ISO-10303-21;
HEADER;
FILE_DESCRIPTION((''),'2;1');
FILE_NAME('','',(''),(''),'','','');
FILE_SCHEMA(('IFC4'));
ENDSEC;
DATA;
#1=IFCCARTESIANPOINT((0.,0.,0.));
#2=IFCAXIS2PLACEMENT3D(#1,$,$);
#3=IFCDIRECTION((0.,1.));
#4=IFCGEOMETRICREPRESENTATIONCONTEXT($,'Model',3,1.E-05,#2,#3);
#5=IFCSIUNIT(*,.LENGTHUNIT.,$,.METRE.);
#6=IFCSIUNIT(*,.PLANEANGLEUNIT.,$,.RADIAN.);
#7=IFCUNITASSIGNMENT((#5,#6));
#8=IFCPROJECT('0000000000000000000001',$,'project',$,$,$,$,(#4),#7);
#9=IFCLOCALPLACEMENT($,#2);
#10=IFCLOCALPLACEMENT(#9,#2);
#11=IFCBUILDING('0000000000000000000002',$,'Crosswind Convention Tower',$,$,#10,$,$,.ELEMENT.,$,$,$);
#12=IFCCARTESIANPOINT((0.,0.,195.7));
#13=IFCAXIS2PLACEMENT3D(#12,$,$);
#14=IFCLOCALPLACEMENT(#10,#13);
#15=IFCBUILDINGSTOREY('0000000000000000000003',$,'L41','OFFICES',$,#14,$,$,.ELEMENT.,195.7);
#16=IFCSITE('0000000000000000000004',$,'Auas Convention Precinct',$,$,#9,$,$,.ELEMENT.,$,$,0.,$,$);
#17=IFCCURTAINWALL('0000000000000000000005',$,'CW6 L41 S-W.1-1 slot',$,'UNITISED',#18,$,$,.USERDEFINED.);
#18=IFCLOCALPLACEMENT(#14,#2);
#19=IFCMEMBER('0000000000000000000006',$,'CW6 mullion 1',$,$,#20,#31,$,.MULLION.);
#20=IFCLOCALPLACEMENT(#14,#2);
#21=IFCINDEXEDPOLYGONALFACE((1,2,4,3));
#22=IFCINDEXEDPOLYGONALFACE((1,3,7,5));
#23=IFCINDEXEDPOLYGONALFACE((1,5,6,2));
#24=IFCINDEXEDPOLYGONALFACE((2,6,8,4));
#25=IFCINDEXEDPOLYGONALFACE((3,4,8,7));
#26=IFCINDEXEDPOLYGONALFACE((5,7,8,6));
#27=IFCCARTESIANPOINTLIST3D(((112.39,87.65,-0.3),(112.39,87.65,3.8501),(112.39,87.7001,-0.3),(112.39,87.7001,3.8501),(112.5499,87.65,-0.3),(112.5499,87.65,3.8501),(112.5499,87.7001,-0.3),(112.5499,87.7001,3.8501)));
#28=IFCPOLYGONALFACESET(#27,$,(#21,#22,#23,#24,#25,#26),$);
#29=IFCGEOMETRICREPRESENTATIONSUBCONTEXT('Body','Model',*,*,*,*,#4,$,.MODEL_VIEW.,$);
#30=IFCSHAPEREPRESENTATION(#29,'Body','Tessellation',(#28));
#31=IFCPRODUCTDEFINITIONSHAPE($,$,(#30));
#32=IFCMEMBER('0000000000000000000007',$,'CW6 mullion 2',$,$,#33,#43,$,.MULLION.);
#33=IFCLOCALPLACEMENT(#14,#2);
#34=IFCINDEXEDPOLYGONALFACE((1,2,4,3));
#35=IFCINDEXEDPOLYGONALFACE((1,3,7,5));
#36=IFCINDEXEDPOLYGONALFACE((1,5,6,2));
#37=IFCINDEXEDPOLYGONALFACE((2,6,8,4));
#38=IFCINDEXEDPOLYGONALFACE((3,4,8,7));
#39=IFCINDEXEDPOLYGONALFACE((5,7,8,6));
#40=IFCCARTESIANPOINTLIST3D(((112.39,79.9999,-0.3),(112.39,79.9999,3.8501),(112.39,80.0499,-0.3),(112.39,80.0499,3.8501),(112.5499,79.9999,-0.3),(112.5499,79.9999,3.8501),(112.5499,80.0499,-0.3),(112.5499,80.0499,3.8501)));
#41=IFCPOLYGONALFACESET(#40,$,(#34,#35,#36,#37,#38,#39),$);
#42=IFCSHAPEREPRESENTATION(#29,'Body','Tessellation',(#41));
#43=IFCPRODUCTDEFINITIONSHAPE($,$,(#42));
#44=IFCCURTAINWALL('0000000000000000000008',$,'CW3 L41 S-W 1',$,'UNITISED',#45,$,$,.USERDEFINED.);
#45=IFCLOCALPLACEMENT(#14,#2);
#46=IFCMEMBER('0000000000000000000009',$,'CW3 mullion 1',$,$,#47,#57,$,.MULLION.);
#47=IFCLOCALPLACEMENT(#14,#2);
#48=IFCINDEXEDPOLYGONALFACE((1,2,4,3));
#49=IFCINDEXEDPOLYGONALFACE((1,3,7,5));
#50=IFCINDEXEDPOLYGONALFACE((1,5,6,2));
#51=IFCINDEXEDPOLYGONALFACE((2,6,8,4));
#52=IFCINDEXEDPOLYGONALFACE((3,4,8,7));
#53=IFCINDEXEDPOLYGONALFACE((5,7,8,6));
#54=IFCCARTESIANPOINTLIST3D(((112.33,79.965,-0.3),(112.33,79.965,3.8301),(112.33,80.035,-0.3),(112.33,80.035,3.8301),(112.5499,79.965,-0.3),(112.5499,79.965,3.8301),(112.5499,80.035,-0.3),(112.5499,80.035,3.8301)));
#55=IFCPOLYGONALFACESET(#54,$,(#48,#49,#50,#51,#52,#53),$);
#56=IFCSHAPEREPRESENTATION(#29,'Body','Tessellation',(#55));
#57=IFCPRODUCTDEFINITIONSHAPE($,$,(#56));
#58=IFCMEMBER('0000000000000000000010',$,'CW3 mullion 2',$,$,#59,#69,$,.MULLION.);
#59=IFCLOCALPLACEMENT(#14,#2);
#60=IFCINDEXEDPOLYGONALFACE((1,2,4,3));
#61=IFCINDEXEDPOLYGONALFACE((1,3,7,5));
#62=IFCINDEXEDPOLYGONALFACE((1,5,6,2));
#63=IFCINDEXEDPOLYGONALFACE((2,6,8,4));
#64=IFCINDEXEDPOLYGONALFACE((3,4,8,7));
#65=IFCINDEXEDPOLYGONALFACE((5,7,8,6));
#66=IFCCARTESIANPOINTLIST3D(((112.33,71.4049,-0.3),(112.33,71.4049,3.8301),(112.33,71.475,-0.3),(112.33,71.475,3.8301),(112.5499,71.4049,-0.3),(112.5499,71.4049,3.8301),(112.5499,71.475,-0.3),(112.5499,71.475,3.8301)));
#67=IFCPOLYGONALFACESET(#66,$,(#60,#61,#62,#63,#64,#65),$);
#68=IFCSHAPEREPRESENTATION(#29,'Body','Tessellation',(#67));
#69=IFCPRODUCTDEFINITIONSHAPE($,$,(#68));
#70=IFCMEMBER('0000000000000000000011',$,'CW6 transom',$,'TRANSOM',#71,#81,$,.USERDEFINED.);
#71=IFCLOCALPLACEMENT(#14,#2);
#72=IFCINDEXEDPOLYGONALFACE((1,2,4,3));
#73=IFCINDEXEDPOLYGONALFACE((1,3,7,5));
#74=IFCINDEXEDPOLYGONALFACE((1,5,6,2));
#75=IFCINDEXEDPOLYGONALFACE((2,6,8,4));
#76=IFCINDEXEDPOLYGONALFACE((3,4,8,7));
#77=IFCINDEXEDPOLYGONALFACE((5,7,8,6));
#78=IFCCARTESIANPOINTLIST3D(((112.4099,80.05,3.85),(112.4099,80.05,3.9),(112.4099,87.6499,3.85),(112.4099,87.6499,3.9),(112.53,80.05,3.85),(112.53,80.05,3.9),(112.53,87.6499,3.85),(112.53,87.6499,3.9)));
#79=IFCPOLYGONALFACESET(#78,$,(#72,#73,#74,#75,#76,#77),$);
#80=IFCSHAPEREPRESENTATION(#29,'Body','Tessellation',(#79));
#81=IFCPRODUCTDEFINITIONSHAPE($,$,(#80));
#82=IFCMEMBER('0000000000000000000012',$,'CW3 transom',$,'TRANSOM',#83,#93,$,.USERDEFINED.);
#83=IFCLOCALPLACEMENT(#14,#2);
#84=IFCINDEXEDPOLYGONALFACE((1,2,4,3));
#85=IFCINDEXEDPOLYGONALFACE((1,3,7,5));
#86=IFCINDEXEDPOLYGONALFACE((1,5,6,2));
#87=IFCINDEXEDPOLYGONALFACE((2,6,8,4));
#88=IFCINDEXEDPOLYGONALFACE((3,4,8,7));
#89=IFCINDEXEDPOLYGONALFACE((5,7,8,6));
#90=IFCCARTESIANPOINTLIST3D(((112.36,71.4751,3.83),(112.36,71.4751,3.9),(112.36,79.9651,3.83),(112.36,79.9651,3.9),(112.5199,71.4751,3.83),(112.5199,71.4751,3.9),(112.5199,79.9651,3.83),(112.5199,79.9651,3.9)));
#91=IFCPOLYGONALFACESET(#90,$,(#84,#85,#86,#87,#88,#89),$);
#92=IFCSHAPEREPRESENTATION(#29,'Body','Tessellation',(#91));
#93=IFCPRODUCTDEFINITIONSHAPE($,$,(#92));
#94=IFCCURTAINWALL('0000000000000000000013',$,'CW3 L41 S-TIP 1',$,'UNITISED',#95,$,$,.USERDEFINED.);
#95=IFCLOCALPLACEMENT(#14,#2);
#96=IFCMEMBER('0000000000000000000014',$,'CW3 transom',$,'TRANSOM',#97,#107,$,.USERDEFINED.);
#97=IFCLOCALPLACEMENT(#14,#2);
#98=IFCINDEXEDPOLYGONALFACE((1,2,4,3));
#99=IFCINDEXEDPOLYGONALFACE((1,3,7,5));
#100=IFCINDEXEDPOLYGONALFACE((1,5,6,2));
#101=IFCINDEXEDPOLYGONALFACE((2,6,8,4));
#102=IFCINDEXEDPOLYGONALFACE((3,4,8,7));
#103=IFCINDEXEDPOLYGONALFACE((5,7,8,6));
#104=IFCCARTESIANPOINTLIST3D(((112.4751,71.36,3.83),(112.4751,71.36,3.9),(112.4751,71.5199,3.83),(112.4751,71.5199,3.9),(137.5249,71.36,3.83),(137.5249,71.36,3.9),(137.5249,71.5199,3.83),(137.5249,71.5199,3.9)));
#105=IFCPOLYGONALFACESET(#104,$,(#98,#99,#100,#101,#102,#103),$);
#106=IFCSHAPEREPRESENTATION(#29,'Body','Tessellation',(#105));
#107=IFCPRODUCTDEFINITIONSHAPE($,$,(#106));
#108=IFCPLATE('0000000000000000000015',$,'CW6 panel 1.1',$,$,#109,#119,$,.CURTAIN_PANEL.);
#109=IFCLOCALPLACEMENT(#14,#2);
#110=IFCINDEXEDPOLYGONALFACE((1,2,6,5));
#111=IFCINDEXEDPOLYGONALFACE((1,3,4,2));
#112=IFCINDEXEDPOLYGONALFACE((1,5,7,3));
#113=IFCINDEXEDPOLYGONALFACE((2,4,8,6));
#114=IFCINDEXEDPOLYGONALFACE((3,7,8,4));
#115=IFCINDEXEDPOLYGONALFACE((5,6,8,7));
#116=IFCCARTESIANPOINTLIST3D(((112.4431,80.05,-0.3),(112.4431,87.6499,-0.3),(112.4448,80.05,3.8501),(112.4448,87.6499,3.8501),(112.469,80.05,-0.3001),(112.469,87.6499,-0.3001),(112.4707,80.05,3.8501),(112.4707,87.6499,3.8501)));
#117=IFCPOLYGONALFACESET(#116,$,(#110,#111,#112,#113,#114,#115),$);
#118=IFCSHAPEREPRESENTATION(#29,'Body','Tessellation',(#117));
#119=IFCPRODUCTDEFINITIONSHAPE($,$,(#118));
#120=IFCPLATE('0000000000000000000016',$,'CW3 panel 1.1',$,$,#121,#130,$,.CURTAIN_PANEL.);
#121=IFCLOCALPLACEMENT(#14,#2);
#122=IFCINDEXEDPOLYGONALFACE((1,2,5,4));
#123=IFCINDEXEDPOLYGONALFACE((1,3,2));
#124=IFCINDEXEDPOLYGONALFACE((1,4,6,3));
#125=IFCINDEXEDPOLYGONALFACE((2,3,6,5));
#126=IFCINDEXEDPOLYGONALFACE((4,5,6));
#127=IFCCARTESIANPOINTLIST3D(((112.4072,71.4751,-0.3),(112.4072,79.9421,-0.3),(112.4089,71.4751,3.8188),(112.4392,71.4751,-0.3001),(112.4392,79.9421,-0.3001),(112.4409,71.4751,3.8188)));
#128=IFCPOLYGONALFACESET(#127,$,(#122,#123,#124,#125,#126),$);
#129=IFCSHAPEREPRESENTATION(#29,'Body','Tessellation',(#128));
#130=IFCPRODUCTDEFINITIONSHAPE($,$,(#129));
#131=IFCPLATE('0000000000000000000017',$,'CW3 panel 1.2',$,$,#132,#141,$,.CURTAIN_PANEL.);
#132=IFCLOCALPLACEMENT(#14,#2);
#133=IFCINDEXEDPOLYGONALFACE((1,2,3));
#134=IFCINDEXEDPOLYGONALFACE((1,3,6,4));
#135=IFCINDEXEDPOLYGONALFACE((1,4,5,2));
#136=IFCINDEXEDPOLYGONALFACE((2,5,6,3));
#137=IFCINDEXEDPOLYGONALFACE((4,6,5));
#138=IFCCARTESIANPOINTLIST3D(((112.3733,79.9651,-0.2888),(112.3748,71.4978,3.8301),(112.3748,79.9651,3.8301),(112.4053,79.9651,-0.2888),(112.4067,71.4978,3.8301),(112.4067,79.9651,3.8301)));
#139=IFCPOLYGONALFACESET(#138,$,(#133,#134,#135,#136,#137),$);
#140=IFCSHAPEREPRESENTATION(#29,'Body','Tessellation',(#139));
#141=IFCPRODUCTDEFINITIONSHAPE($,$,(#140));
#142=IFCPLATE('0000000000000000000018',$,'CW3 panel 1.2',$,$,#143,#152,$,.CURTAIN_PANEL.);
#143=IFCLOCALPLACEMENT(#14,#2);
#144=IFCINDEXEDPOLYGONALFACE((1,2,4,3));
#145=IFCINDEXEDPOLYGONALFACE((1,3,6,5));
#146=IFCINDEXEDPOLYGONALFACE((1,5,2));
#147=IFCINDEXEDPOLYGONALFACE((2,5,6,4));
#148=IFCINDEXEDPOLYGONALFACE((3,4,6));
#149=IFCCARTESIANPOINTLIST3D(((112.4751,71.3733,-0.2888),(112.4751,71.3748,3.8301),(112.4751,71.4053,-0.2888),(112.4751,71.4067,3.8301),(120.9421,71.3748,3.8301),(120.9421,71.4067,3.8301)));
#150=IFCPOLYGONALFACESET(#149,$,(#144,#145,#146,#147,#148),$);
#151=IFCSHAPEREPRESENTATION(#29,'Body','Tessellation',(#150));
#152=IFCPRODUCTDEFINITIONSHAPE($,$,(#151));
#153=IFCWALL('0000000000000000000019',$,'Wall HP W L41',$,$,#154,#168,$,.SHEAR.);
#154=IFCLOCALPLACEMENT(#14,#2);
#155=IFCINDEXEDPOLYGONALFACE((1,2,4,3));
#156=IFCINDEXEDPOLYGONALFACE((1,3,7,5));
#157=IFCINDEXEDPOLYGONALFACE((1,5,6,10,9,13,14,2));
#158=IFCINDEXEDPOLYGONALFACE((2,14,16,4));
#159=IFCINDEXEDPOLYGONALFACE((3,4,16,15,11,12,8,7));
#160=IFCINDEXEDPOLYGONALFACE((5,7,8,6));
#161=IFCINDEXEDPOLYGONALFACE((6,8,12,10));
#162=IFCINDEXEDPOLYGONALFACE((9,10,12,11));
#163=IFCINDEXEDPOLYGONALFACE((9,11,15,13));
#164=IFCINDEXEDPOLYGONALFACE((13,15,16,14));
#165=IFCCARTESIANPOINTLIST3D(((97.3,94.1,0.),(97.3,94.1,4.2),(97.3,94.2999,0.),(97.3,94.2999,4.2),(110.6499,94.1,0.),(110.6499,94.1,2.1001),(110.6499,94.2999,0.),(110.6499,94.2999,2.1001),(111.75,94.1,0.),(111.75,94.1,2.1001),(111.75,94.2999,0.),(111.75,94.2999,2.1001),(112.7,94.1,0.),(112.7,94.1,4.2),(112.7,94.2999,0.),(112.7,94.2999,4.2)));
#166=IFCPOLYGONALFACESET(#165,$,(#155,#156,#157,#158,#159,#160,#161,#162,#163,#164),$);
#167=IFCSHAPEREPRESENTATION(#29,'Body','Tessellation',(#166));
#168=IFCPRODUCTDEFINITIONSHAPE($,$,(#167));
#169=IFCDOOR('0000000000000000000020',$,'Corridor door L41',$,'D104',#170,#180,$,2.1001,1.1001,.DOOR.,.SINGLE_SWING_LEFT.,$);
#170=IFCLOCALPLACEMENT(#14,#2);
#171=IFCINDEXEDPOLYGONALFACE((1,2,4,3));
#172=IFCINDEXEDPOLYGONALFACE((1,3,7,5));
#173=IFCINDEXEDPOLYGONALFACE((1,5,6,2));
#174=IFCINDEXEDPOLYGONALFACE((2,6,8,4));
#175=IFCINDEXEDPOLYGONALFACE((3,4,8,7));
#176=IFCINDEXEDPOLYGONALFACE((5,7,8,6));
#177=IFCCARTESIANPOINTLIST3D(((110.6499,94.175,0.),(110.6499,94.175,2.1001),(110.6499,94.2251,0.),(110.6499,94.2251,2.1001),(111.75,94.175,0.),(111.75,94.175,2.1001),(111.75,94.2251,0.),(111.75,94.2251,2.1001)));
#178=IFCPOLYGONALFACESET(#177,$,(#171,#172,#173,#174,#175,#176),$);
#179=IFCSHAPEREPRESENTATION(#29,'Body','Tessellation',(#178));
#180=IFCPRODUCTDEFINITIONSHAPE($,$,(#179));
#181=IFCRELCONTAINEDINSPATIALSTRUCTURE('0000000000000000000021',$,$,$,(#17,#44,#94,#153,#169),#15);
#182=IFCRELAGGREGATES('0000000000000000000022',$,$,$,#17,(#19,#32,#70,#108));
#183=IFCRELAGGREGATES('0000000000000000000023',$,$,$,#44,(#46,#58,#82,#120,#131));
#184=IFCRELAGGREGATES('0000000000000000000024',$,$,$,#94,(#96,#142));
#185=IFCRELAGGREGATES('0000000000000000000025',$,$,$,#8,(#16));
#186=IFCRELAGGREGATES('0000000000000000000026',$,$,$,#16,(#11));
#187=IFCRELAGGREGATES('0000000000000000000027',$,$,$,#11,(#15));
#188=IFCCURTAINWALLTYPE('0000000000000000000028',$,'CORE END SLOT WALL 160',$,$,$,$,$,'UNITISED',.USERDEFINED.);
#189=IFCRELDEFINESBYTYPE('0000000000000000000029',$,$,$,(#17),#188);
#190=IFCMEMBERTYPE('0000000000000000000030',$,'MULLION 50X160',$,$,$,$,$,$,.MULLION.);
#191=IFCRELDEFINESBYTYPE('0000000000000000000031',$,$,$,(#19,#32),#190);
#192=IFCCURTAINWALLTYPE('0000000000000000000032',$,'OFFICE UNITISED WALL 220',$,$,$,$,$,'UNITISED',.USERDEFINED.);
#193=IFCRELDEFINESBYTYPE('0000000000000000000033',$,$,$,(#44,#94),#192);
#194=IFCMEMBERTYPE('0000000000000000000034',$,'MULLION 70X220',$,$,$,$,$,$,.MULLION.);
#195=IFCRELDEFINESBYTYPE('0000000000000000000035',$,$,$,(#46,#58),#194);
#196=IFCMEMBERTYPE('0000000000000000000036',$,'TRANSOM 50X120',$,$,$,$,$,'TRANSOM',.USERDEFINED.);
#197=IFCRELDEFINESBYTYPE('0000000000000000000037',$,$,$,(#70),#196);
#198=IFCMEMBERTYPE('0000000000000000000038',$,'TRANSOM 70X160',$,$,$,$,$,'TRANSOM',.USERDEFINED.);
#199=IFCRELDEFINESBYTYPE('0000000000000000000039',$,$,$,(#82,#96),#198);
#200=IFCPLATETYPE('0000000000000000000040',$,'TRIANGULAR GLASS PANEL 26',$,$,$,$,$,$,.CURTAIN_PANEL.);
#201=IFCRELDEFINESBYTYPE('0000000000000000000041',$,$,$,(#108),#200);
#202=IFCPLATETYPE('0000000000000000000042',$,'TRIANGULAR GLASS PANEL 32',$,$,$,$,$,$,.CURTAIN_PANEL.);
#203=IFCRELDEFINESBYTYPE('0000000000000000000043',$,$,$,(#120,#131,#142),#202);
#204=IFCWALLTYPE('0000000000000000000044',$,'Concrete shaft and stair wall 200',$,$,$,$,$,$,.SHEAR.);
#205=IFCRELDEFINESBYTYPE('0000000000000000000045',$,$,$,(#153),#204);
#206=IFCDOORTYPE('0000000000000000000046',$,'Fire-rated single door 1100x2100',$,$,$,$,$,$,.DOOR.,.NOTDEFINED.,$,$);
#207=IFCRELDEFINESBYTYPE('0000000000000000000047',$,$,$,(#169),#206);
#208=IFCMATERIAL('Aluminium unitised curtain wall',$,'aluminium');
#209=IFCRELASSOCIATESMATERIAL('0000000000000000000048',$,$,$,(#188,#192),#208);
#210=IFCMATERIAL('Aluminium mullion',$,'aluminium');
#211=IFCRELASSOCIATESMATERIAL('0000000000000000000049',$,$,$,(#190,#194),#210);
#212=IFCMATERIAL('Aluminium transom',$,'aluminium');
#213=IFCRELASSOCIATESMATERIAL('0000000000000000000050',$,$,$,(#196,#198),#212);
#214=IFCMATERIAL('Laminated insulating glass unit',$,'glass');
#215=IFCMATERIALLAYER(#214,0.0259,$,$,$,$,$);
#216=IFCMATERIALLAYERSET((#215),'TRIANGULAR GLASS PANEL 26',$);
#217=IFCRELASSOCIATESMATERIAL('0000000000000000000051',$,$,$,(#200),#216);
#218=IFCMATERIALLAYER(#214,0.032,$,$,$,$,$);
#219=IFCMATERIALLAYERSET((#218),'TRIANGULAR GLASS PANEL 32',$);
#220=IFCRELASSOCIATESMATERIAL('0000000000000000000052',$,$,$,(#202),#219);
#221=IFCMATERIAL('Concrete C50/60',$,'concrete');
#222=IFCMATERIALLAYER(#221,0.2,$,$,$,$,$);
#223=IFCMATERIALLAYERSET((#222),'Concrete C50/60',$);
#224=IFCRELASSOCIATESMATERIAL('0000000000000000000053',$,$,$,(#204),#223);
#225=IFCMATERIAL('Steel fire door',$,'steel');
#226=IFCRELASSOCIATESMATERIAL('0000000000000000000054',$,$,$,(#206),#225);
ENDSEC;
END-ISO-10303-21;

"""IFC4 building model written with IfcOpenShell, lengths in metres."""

from ifc_helpers import new_model, si_unit, direction, frame, frame_2d, origin, origin_2d, place, context, subcontext, project, spatial, polyline, rectangle, outline, extrude, material, layer, layer_set, material_profile, profile_set, type_object, element, fill, aggregate, save


model = new_model("IFC4")

# Units and contexts
model_context = context("Model", 3, precision=1e-05, world=origin(), true_north=direction((0.0, 1.0)))
body_context = subcontext(model_context, "Body", "Model", "MODEL_VIEW")
ifc_project = project(units=[si_unit("LENGTHUNIT", "METRE"), si_unit("PLANEANGLEUNIT", "RADIAN")], contexts=[model_context])

# Site, building, storey
site_placement = place(None, origin())
site = spatial("IfcSite", under=ifc_project, at=site_placement, Name="Auas Convention Precinct", CompositionType="ELEMENT", RefElevation=0.0)
building_placement = place(site_placement, origin())
building = spatial("IfcBuilding", under=site, at=building_placement, Name="Crosswind Convention Tower", CompositionType="ELEMENT")
storey_placement = place(building_placement, frame((0.0, 0.0, 195.7)))
storey = spatial("IfcBuildingStorey", under=building, at=storey_placement, Name="L41", Description="OFFICES", CompositionType="ELEMENT", Elevation=195.7)

# Curtain walls, members
ifc_material_1 = material(Name="Aluminium unitised curtain wall", Category="aluminium")
curtain_wall_type_1 = type_object("IfcCurtainWallType", Name="CORE END SLOT WALL 160", ElementType="UNITISED", PredefinedType="USERDEFINED", material=ifc_material_1)
curtain_wall_1_placement = place(storey_placement, origin())
curtain_wall_1 = element("IfcCurtainWall", 1, at=curtain_wall_1_placement, inside=storey, type_object=curtain_wall_type_1, Name="CW6 L41 S-W.1-1 slot", ObjectType="UNITISED", PredefinedType="USERDEFINED")
ifc_material_2 = material(Name="Aluminium mullion", Category="aluminium")
ifc_material_profile_1 = material_profile(ifc_material_2, rectangle(XDim=0.1599, YDim=0.05, at=origin_2d()), Name="AL 160X50")
ifc_profile_set_1 = profile_set([ifc_material_profile_1], Name="Aluminium mullion")
member_type_1 = type_object("IfcMemberType", Name="MULLION 50X160", PredefinedType="MULLION", material=ifc_profile_set_1)
member_1_placement = place(storey_placement, frame((112.47, 87.675, -0.3), z_axis=(0.0, 0.0, 1.0), x_axis=(-1.0, 0.0, 0.0)))
member_1 = element("IfcMember", 2, at=member_1_placement, type_object=member_type_1, Name="CW6 mullion 1", PredefinedType="MULLION", context=body_context, shape_type="SweptSolid", body=[
    extrude(rectangle(XDim=0.1599, YDim=0.05, at=origin_2d()), origin(), (0.0, 0.0, 1.0), 4.1501),
])
member_2_placement = place(storey_placement, frame((112.47, 80.0249, -0.3), z_axis=(0.0, 0.0, 1.0), x_axis=(-1.0, 0.0, 0.0)))
member_2 = element("IfcMember", 3, at=member_2_placement, type_object=member_type_1, Name="CW6 mullion 2", PredefinedType="MULLION", context=body_context, shape_type="SweptSolid", body=[
    extrude(rectangle(XDim=0.1599, YDim=0.05, at=origin_2d()), origin(), (0.0, 0.0, 1.0), 4.1501),
])
curtain_wall_type_2 = type_object("IfcCurtainWallType", Name="OFFICE UNITISED WALL 220", ElementType="UNITISED", PredefinedType="USERDEFINED", material=ifc_material_1)
curtain_wall_2_placement = place(storey_placement, origin())
curtain_wall_2 = element("IfcCurtainWall", 4, at=curtain_wall_2_placement, inside=storey, type_object=curtain_wall_type_2, Name="CW3 L41 S-W 1", ObjectType="UNITISED", PredefinedType="USERDEFINED")
ifc_material_profile_2 = material_profile(ifc_material_2, rectangle(XDim=0.22, YDim=0.0701, at=origin_2d()), Name="AL 220X70")
ifc_profile_set_2 = profile_set([ifc_material_profile_2], Name="Aluminium mullion")
member_type_2 = type_object("IfcMemberType", Name="MULLION 70X220", PredefinedType="MULLION", material=ifc_profile_set_2)
member_3_placement = place(storey_placement, frame((112.4399, 80.0, -0.3), z_axis=(0.0, 0.0, 1.0), x_axis=(-1.0, 0.0, 0.0)))
member_3 = element("IfcMember", 5, at=member_3_placement, type_object=member_type_2, Name="CW3 mullion 1", PredefinedType="MULLION", context=body_context, shape_type="SweptSolid", body=[
    extrude(rectangle(XDim=0.22, YDim=0.0701, at=origin_2d()), origin(), (0.0, 0.0, 1.0), 4.1301),
])
member_4_placement = place(storey_placement, frame((112.4399, 71.4399, -0.3), z_axis=(0.0, 0.0, 1.0), x_axis=(-1.0, 0.0, 0.0)))
member_4 = element("IfcMember", 6, at=member_4_placement, type_object=member_type_2, Name="CW3 mullion 2", PredefinedType="MULLION", context=body_context, shape_type="SweptSolid", body=[
    extrude(rectangle(XDim=0.22, YDim=0.0701, at=origin_2d()), origin(), (0.0, 0.0, 1.0), 4.1301),
])

# Members
ifc_material_3 = material(Name="Aluminium transom", Category="aluminium")
ifc_material_profile_3 = material_profile(ifc_material_3, rectangle(XDim=0.1201, YDim=0.05, at=origin_2d()), Name="AL 120X50")
ifc_profile_set_3 = profile_set([ifc_material_profile_3], Name="Aluminium transom")
member_type_3 = type_object("IfcMemberType", Name="TRANSOM 50X120", ElementType="TRANSOM", PredefinedType="USERDEFINED", material=ifc_profile_set_3)
member_5_placement = place(storey_placement, frame((112.47, 87.6499, 3.875), z_axis=(0.0, -1.0, 0.0), x_axis=(1.0, 0.0, 0.0)))
member_5 = element("IfcMember", 7, at=member_5_placement, type_object=member_type_3, Name="CW6 transom", ObjectType="TRANSOM", PredefinedType="USERDEFINED", context=body_context, shape_type="SweptSolid", body=[
    extrude(rectangle(XDim=0.1201, YDim=0.05, at=origin_2d()), origin(), (0.0, 0.0, 1.0), 7.5999),
])
ifc_material_profile_4 = material_profile(ifc_material_3, rectangle(XDim=0.1599, YDim=0.0701, at=origin_2d()), Name="AL 160X70")
ifc_profile_set_4 = profile_set([ifc_material_profile_4], Name="Aluminium transom")
member_type_4 = type_object("IfcMemberType", Name="TRANSOM 70X160", ElementType="TRANSOM", PredefinedType="USERDEFINED", material=ifc_profile_set_4)
member_6_placement = place(storey_placement, frame((112.4399, 79.9651, 3.865), z_axis=(0.0, -1.0, 0.0), x_axis=(1.0, 0.0, 0.0)))
member_6 = element("IfcMember", 8, at=member_6_placement, type_object=member_type_4, Name="CW3 transom", ObjectType="TRANSOM", PredefinedType="USERDEFINED", context=body_context, shape_type="SweptSolid", body=[
    extrude(rectangle(XDim=0.1599, YDim=0.0701, at=origin_2d()), origin(), (0.0, 0.0, 1.0), 8.49),
])

# Curtain wall, member
curtain_wall_3_placement = place(storey_placement, origin())
curtain_wall_3 = element("IfcCurtainWall", 9, at=curtain_wall_3_placement, inside=storey, type_object=curtain_wall_type_2, Name="CW3 L41 S-TIP 1", ObjectType="UNITISED", PredefinedType="USERDEFINED")
member_7_placement = place(storey_placement, frame((112.4751, 71.4399, 3.865), z_axis=(1.0, 0.0, 0.0), x_axis=(0.0, 1.0, 0.0)))
member_7 = element("IfcMember", 10, at=member_7_placement, type_object=member_type_4, Name="CW3 transom", ObjectType="TRANSOM", PredefinedType="USERDEFINED", context=body_context, shape_type="SweptSolid", body=[
    extrude(rectangle(XDim=0.1599, YDim=0.0701, at=origin_2d()), origin(), (0.0, 0.0, 1.0), 25.0498),
])

# Plates
ifc_material_4 = material(Name="Laminated insulating glass unit", Category="glass")
ifc_layer_1 = layer(ifc_material_4, 0.0259)
ifc_layer_set_1 = layer_set([ifc_layer_1], Name="TRIANGULAR GLASS PANEL 26")
plate_type_1 = type_object("IfcPlateType", Name="TRIANGULAR GLASS PANEL 26", PredefinedType="CURTAIN_PANEL", material=ifc_layer_set_1)
plate_1_placement = place(storey_placement, frame((112.4431, 87.6499, -0.3), z_axis=(-1.0, 0.0, 0.000412), x_axis=(0.0, -1.0, 0.0)))
plate_1 = element("IfcPlate", 11, at=plate_1_placement, type_object=plate_type_1, Name="CW6 panel 1.1", PredefinedType="CURTAIN_PANEL", context=body_context, shape_type="SweptSolid", body=[
    extrude(outline(polyline([(0.0, 0.0), (7.5999, 0.0), (7.5999, 4.1501), (0.0, 4.1501), (0.0, 0.0)])), origin(), (0.0, 0.0, -1.0), 0.0259),
])
aggregate(curtain_wall_1, [member_1, member_2, member_5, plate_1])
ifc_layer_2 = layer(ifc_material_4, 0.032)
ifc_layer_set_2 = layer_set([ifc_layer_2], Name="TRIANGULAR GLASS PANEL 32")
plate_type_2 = type_object("IfcPlateType", Name="TRIANGULAR GLASS PANEL 32", PredefinedType="CURTAIN_PANEL", material=ifc_layer_set_2)
plate_2_placement = place(storey_placement, frame((112.4072, 71.4751, -0.3), z_axis=(-1.0, 0.0, 0.000415), x_axis=(0.000415, 0.0, 1.0)))
plate_2 = element("IfcPlate", 12, at=plate_2_placement, type_object=plate_type_2, Name="CW3 panel 1.1", PredefinedType="CURTAIN_PANEL", context=body_context, shape_type="SweptSolid", body=[
    extrude(outline(polyline([(0.0, 0.0), (4.1189, 0.0), (0.0, 8.467), (0.0, 0.0)])), origin(), (0.0, 0.0, -1.0), 0.032),
])
plate_3_placement = place(storey_placement, frame((112.3748, 79.9651, 3.8301), z_axis=(-1.0, 0.0, 0.000356), x_axis=(-0.000356, 0.0, -1.0)))
plate_3 = element("IfcPlate", 13, at=plate_3_placement, type_object=plate_type_2, Name="CW3 panel 1.2", PredefinedType="CURTAIN_PANEL", context=body_context, shape_type="SweptSolid", body=[
    extrude(outline(polyline([(0.0, 0.0), (4.1189, 0.0), (0.0, 8.4673), (0.0, 0.0)])), origin(), (0.0, 0.0, -1.0), 0.032),
])
plate_4_placement = place(storey_placement, frame((112.4751, 71.3748, 3.8301), z_axis=(0.0, -1.0, 0.000356), x_axis=(0.0, -0.000356, -1.0)))
plate_4 = element("IfcPlate", 14, at=plate_4_placement, type_object=plate_type_2, Name="CW3 panel 1.2", PredefinedType="CURTAIN_PANEL", context=body_context, shape_type="SweptSolid", body=[
    extrude(outline(polyline([(0.0, 0.0), (4.1189, 0.0), (0.0, 8.467), (0.0, 0.0)])), origin(), (0.0, 0.0, -1.0), 0.032),
])

# Wall, opening, door
ifc_material_5 = material(Name="Concrete C50/60", Category="concrete")
ifc_layer_3 = layer(ifc_material_5, 0.2)
ifc_layer_set_3 = layer_set([ifc_layer_3], Name="Concrete C50/60")
wall_type_1 = type_object("IfcWallType", Name="Concrete shaft and stair wall 200", PredefinedType="SHEAR", material=ifc_layer_set_3)
wall_1_placement = place(storey_placement, frame((112.7, 94.2, 0.0), z_axis=(0.0, 0.0, 1.0), x_axis=(-1.0, 0.0, 0.0)))
wall_1 = element("IfcWall", 15, at=wall_1_placement, inside=storey, type_object=wall_type_1, Name="Wall HP W L41", PredefinedType="SHEAR", context=body_context, shape_type="SweptSolid", body=[
    extrude(rectangle(XDim=15.3999, YDim=0.2, at=frame_2d((7.7, 0.0))), origin(), (0.0, 0.0, 1.0), 4.2),
])
opening_1_placement = place(wall_1_placement, frame((0.95, 0.0, 0.0)))
opening_1 = element("IfcOpeningElement", 16, at=opening_1_placement, cuts=wall_1, PredefinedType="OPENING", context=body_context, shape_type="SweptSolid", body=[
    extrude(rectangle(XDim=1.1001, YDim=2.1001, at=frame_2d((0.55, 1.05))), frame((0.0, 0.1099, 0.0), z_axis=(0.0, -1.0, 0.0), x_axis=(1.0, 0.0, 0.0)), (0.0, 0.0, 1.0), 0.22),
])
ifc_material_6 = material(Name="Steel fire door", Category="steel")
door_type_1 = type_object("IfcDoorType", Name="Fire-rated single door 1100x2100", OperationType="NOTDEFINED", PredefinedType="DOOR", material=ifc_material_6)
door_1_placement = place(opening_1_placement, origin())
door_1 = element("IfcDoor", 17, at=door_1_placement, inside=storey, type_object=door_type_1, Name="Corridor door L41", ObjectType="D104", OperationType="SINGLE_SWING_LEFT", OverallHeight=2.1001, OverallWidth=1.1001, PredefinedType="DOOR", context=body_context, shape_type="SweptSolid", body=[
    extrude(rectangle(XDim=1.1001, YDim=2.1001, at=frame_2d((0.55, 1.05))), frame((0.0, 0.0249, 0.0), z_axis=(0.0, -1.0, 0.0), x_axis=(1.0, 0.0, 0.0)), (0.0, 0.0, 1.0), 0.05),
])
fill(opening_1, door_1)

aggregate(curtain_wall_2, [member_3, member_4, member_6, plate_2, plate_3])
aggregate(curtain_wall_3, [member_7, plate_4])

save(model, "model.ifc")
